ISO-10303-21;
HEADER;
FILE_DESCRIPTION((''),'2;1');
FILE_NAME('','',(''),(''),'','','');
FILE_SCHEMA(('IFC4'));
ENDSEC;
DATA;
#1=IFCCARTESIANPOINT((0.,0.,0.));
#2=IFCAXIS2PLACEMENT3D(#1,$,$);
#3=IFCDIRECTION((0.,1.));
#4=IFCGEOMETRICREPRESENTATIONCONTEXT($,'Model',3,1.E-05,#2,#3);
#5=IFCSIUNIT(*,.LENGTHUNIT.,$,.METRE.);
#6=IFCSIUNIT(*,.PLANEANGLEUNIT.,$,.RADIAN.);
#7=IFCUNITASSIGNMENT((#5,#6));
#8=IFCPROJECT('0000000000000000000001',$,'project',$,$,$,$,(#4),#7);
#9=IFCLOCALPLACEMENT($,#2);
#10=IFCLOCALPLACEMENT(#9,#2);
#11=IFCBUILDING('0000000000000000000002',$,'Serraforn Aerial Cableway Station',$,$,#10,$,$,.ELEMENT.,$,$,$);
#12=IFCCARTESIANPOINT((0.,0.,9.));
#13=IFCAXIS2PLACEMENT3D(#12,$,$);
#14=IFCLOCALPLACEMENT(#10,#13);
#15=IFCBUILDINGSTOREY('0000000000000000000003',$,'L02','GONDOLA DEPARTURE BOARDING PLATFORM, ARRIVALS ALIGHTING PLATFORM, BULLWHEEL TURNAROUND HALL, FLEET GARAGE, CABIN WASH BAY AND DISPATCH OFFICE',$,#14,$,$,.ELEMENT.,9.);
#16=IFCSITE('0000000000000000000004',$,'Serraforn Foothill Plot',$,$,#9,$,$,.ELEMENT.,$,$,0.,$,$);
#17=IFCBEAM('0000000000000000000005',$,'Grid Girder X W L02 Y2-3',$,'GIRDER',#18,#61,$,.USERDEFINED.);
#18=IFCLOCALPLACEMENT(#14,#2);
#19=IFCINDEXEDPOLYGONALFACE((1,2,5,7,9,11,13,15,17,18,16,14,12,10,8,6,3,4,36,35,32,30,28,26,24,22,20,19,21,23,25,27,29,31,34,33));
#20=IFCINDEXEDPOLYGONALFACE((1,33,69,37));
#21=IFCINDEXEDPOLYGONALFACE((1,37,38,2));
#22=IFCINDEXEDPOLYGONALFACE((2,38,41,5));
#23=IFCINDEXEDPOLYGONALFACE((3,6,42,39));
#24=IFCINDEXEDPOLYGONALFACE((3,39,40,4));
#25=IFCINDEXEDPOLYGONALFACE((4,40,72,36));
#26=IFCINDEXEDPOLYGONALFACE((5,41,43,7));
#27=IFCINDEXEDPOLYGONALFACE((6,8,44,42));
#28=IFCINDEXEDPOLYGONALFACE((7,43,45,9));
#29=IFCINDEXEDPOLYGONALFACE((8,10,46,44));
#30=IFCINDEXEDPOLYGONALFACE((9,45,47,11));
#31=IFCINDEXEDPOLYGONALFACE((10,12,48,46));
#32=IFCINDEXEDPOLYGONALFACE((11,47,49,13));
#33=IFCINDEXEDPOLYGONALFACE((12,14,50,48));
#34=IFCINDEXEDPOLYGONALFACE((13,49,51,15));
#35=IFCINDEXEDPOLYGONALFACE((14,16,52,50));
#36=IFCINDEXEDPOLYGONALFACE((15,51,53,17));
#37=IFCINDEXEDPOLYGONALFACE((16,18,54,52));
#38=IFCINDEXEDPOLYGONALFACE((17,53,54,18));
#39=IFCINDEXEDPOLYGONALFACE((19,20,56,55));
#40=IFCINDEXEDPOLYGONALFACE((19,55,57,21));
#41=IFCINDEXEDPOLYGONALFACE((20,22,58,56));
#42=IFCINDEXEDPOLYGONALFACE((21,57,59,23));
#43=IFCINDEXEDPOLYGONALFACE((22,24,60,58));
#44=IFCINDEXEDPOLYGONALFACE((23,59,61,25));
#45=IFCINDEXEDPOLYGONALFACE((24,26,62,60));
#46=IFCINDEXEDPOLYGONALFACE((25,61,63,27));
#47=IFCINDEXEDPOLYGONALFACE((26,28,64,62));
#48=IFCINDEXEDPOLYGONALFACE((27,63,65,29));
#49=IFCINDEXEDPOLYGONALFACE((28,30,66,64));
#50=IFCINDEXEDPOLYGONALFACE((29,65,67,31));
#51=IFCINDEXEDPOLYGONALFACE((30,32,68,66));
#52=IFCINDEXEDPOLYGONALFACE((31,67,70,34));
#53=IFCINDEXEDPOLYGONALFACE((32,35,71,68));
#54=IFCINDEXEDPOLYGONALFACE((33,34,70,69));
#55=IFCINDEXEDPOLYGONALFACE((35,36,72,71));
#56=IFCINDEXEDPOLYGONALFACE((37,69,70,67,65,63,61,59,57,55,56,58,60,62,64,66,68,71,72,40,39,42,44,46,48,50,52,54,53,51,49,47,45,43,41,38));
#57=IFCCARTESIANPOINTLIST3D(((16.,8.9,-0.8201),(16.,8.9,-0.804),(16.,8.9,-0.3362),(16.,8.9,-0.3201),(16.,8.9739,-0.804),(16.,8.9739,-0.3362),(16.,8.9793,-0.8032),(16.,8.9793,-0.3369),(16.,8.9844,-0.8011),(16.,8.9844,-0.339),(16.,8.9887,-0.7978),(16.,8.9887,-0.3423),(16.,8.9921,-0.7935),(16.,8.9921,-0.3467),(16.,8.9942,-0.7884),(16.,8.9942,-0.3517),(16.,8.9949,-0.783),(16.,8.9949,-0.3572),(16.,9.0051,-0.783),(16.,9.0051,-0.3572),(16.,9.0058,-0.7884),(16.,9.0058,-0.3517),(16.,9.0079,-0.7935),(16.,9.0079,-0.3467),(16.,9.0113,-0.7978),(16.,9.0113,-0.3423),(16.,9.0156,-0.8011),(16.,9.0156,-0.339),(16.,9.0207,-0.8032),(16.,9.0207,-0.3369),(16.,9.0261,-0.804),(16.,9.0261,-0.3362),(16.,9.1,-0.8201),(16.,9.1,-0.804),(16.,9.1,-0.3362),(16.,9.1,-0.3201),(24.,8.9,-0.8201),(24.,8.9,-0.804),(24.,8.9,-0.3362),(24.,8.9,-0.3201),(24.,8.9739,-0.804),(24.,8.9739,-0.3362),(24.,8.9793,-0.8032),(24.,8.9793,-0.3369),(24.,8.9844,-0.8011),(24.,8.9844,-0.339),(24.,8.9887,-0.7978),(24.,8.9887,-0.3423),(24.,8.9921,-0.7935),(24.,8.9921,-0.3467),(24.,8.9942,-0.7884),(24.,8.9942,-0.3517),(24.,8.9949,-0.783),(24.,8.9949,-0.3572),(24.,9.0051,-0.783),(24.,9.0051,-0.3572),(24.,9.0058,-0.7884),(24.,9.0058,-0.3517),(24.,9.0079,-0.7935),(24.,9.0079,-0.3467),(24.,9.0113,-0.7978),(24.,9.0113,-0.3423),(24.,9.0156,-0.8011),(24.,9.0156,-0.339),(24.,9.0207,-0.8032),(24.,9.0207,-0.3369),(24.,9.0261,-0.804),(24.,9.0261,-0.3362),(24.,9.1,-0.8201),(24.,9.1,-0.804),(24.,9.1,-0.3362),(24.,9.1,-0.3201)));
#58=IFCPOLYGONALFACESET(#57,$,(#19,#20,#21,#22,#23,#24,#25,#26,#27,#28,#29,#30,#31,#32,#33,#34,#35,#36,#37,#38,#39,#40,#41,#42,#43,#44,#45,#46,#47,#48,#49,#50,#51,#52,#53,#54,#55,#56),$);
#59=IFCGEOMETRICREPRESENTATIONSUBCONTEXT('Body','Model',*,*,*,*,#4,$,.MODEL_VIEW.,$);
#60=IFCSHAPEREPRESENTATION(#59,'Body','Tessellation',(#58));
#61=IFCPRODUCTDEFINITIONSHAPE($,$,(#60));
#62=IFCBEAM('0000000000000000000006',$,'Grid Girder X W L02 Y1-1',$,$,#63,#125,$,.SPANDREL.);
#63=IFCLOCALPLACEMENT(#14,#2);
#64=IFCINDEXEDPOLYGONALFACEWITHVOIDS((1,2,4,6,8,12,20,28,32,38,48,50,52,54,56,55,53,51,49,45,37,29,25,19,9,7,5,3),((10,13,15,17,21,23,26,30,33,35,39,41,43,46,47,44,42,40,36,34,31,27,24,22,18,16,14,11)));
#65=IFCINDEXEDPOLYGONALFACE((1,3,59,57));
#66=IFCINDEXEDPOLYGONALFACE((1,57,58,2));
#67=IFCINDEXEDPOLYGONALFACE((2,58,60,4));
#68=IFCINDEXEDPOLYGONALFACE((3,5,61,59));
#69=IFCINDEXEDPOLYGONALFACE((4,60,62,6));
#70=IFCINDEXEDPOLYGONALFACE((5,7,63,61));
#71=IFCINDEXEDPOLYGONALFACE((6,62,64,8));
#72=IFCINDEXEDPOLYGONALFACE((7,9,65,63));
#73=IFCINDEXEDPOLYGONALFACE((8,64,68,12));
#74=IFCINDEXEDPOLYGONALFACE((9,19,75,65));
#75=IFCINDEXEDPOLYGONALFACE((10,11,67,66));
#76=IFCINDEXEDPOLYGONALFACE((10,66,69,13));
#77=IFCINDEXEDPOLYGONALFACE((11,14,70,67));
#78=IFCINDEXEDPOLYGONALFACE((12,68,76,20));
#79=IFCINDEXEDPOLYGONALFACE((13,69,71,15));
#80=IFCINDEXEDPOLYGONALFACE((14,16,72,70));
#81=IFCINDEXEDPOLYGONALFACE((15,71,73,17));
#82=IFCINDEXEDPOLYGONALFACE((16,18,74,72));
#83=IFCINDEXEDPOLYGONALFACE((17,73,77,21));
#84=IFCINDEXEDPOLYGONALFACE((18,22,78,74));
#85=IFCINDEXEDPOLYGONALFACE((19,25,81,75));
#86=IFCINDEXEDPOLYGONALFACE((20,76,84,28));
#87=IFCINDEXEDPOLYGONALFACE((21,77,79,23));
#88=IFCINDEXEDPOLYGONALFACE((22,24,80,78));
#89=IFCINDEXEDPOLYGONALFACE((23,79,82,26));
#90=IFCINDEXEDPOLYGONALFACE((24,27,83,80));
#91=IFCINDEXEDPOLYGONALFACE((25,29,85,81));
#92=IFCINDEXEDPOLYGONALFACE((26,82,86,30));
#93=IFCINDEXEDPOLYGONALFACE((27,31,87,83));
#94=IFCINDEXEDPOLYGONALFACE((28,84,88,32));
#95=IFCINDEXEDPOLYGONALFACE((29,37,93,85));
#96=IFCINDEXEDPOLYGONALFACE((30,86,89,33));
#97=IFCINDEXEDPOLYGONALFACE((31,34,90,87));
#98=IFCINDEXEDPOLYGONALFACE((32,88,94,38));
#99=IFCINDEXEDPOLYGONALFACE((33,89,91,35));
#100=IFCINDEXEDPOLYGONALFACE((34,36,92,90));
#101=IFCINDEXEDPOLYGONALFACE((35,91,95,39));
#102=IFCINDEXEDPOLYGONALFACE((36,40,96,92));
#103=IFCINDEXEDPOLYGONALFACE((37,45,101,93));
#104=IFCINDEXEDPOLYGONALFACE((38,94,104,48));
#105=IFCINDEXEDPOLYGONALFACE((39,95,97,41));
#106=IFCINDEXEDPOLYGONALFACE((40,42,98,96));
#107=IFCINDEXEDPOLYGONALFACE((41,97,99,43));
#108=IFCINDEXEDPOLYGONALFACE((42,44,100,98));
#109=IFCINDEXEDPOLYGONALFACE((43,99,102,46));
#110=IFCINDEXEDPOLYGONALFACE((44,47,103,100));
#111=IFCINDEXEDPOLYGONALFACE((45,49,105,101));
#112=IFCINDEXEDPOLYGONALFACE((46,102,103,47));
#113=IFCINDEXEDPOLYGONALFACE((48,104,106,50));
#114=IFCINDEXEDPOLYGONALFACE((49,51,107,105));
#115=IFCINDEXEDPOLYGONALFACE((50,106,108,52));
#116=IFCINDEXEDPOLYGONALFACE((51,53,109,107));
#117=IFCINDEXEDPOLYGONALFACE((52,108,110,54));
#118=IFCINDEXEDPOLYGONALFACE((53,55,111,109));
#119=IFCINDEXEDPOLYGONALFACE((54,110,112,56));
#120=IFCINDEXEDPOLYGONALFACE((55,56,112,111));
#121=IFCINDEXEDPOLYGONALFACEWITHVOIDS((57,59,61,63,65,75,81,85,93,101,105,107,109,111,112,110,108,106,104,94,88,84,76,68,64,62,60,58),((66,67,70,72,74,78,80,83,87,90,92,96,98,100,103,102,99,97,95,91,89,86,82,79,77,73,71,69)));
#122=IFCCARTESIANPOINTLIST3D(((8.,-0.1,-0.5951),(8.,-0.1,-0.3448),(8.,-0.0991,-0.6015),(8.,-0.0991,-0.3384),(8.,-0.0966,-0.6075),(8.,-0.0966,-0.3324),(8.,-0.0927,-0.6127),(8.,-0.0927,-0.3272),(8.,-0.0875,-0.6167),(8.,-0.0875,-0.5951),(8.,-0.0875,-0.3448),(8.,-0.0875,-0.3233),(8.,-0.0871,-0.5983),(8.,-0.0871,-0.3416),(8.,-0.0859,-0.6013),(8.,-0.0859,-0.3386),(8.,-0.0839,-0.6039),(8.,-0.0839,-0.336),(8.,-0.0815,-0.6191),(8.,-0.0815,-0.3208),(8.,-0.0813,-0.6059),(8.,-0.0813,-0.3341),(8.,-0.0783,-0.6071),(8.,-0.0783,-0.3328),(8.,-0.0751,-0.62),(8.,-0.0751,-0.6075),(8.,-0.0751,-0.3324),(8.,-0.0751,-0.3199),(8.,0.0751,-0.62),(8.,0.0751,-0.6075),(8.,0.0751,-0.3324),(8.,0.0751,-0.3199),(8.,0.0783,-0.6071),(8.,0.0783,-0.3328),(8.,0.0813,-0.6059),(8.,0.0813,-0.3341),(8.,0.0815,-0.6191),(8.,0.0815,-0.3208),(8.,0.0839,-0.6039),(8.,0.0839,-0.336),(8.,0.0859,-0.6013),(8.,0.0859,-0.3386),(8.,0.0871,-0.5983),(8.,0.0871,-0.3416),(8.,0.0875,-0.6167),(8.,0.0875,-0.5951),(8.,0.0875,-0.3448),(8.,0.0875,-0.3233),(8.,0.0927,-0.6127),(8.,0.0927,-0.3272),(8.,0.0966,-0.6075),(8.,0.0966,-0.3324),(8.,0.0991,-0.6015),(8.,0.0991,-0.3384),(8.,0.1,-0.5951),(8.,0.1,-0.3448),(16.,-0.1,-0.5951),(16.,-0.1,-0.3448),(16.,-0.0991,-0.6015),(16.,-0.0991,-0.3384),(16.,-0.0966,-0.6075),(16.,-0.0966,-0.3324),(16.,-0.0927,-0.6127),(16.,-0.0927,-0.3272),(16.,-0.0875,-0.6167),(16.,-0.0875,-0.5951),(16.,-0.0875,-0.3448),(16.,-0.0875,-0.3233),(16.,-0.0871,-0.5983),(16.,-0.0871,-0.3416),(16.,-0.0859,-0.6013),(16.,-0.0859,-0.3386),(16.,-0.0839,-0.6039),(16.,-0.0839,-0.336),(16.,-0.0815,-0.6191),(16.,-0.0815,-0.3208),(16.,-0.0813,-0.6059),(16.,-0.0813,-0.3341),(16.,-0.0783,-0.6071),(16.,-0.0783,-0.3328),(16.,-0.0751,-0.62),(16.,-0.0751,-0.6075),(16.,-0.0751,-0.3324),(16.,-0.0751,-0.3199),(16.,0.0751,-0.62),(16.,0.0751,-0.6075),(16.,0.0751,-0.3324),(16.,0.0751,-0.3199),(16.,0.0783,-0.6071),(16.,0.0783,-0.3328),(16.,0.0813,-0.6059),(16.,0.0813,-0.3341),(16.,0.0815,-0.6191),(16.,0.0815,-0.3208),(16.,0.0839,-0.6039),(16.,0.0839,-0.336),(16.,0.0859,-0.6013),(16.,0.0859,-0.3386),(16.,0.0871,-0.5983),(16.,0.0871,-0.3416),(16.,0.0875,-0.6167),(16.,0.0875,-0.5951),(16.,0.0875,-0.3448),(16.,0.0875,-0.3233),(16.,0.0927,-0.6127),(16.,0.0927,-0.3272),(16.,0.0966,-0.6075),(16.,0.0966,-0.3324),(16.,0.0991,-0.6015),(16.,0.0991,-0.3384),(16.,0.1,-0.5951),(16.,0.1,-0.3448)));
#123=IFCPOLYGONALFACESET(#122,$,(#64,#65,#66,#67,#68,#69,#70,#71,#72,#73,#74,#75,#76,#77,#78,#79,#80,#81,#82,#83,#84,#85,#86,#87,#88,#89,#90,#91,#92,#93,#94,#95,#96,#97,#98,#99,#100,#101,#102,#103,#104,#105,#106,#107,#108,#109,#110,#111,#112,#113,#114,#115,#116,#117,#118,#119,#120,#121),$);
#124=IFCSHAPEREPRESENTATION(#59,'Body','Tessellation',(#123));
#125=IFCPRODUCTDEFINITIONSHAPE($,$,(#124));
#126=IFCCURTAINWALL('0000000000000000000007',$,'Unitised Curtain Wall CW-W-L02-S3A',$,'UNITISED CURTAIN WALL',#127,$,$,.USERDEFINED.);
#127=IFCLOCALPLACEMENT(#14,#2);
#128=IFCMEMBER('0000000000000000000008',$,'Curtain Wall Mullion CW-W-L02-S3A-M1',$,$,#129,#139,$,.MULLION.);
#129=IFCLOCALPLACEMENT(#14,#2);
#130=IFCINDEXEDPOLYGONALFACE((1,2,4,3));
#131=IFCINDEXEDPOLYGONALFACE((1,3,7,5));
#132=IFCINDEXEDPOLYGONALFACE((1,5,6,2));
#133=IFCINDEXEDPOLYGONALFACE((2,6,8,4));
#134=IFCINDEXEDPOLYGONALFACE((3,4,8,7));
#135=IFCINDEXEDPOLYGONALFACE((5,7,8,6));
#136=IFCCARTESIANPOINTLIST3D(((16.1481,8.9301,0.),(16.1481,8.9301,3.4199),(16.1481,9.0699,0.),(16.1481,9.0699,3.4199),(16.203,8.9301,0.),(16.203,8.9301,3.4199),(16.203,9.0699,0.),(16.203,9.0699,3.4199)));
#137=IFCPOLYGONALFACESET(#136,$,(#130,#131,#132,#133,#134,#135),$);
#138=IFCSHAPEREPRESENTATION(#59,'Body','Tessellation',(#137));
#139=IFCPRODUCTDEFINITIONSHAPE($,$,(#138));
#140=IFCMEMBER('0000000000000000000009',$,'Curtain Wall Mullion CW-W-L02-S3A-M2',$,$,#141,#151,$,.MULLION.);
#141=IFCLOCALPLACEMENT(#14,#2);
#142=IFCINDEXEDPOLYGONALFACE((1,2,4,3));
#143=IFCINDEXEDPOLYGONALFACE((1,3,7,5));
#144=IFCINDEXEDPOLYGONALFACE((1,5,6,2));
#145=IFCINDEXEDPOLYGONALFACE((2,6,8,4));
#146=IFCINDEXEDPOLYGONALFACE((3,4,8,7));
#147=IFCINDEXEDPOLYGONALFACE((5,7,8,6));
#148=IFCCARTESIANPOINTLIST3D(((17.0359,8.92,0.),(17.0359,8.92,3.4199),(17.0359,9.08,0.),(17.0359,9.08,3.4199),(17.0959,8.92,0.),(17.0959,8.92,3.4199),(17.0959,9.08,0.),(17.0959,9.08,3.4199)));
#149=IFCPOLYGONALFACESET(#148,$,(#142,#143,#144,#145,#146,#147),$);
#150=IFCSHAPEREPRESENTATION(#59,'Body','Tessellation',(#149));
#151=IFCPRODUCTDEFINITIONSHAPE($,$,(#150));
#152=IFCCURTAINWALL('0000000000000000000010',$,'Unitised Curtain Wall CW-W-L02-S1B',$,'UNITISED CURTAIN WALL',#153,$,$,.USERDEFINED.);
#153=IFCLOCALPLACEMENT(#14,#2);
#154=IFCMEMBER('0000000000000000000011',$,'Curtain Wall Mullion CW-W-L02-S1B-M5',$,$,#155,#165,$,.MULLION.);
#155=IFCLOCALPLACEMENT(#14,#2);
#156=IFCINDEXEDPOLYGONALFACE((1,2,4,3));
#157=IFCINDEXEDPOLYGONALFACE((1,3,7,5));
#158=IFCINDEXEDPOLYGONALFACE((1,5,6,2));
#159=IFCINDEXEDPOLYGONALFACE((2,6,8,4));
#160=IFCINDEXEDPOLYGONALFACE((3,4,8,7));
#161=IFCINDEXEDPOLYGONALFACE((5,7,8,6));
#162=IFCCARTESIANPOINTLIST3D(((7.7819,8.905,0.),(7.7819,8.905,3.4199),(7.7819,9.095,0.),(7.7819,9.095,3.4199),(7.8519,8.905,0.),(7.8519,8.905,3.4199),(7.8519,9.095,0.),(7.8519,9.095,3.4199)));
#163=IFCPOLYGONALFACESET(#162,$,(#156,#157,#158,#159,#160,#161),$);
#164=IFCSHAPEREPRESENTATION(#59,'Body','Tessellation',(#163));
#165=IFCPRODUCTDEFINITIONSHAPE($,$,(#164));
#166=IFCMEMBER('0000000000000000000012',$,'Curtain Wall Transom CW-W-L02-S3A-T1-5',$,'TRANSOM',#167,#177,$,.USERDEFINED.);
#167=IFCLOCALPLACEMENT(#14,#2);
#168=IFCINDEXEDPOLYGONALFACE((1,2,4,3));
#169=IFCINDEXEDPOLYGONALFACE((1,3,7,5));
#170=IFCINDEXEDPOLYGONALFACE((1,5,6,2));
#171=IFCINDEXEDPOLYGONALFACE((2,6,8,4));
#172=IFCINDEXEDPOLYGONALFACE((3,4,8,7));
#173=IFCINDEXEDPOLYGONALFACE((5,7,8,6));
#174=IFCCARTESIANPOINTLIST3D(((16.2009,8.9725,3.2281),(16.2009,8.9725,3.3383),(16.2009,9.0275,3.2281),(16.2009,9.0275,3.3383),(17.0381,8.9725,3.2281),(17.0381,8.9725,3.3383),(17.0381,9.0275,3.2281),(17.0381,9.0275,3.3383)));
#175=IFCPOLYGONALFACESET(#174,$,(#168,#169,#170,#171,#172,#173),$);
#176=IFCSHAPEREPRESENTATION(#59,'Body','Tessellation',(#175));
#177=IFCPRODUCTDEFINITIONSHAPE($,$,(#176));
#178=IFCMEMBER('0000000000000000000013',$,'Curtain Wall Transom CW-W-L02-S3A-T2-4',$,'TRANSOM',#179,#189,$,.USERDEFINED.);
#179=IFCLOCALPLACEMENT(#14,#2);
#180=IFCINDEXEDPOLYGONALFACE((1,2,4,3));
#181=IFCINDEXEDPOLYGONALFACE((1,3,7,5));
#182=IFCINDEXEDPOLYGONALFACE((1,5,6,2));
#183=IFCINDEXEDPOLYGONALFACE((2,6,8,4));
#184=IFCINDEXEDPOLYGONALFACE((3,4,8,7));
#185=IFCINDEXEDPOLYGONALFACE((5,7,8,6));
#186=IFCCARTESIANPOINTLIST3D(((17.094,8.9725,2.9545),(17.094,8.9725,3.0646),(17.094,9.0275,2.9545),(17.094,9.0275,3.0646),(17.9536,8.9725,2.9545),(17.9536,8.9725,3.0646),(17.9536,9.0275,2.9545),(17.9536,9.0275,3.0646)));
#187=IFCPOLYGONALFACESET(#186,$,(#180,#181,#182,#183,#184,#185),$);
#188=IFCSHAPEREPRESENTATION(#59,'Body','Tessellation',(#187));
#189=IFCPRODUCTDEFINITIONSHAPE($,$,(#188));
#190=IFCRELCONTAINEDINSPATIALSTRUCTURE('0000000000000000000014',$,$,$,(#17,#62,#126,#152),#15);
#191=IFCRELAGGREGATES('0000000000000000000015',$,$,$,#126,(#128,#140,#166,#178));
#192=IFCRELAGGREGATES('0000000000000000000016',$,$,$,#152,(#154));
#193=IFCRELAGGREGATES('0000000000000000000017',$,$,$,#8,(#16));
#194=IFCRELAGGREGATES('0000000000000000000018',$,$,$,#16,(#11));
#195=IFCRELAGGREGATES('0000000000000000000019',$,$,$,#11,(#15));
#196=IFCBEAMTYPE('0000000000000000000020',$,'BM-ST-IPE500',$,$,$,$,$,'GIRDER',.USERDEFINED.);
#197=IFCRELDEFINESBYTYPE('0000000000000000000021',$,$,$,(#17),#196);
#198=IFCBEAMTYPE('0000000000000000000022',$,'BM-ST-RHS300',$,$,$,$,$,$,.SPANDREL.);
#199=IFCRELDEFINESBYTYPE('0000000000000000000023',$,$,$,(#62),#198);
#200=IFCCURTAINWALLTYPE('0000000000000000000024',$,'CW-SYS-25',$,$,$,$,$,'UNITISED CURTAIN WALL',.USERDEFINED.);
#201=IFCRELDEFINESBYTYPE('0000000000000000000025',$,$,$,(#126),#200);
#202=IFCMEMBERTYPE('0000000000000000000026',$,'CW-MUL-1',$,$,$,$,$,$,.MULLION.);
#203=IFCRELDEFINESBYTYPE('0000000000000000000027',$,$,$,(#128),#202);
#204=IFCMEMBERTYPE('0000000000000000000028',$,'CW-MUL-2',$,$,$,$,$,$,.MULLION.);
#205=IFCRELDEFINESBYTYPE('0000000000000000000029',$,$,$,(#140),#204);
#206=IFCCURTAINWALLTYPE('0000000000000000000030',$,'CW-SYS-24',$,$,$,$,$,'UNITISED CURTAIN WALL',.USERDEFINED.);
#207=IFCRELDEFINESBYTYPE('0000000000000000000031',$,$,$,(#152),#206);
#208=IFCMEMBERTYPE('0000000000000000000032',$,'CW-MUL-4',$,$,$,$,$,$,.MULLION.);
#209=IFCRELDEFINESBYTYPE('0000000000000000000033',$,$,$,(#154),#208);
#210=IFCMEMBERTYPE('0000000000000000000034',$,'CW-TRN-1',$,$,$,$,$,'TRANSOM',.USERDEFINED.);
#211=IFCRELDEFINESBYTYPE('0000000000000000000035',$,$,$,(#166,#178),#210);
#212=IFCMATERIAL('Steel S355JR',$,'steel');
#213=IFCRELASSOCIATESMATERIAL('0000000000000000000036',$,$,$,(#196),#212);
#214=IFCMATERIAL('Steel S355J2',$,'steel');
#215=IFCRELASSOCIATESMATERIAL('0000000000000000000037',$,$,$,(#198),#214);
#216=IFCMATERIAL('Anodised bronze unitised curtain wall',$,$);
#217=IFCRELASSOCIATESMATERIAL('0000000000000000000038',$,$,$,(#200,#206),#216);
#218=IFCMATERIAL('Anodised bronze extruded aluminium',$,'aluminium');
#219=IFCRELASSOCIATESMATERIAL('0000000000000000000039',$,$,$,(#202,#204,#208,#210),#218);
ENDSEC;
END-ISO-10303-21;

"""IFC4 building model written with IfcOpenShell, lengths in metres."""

from ifc_helpers import new_model, si_unit, direction, frame, origin, origin_2d, place, context, subcontext, project, spatial, rectangle, hollow_rectangle, i_section, extrude, material, material_profile, profile_set, type_object, element, aggregate, save


model = new_model("IFC4")

# Units and contexts
model_context = context("Model", 3, precision=1e-05, world=origin(), true_north=direction((0.0, 1.0)))
body_context = subcontext(model_context, "Body", "Model", "MODEL_VIEW")
ifc_project = project(units=[si_unit("LENGTHUNIT", "METRE"), si_unit("PLANEANGLEUNIT", "RADIAN")], contexts=[model_context])

# Site, building, storey
site_placement = place(None, origin())
site = spatial("IfcSite", under=ifc_project, at=site_placement, Name="Serraforn Foothill Plot", CompositionType="ELEMENT", RefElevation=0.0)
building_placement = place(site_placement, origin())
building = spatial("IfcBuilding", under=site, at=building_placement, Name="Serraforn Aerial Cableway Station", CompositionType="ELEMENT")
storey_placement = place(building_placement, frame((0.0, 0.0, 9.0)))
storey = spatial("IfcBuildingStorey", under=building, at=storey_placement, Name="L02", Description="GONDOLA DEPARTURE BOARDING PLATFORM, ARRIVALS ALIGHTING PLATFORM, BULLWHEEL TURNAROUND HALL, FLEET GARAGE, CABIN WASH BAY AND DISPATCH OFFICE", CompositionType="ELEMENT", Elevation=9.0)

# Shared definitions
ifc_material_1 = material(Name="Steel S355J2", Category="steel")

# Beams
ifc_material_2 = material(Name="Steel S355JR", Category="steel")
ifc_material_profile_1 = material_profile(ifc_material_2, i_section(OverallWidth=0.2, OverallDepth=0.5, WebThickness=0.0103, FlangeThickness=0.0161, FilletRadius=0.021, at=origin_2d()), Name="IPE 500")
ifc_profile_set_1 = profile_set([ifc_material_profile_1], Name="Steel S355JR")
beam_type_1 = type_object("IfcBeamType", Name="BM-ST-IPE500", ElementType="GIRDER", PredefinedType="USERDEFINED", material=ifc_profile_set_1)
beam_1_placement = place(storey_placement, frame((16.0, 9.0, -0.5701), z_axis=(1.0, 0.0, 0.0), x_axis=(0.0, 1.0, 0.0)))
element("IfcBeam", 1, at=beam_1_placement, inside=storey, type_object=beam_type_1, Name="Grid Girder X W L02 Y2-3", ObjectType="GIRDER", PredefinedType="USERDEFINED", context=body_context, shape_type="SweptSolid", body=[
    extrude(i_section(OverallWidth=0.2, OverallDepth=0.5, WebThickness=0.0103, FlangeThickness=0.0161, FilletRadius=0.021, at=origin_2d()), origin(), (0.0, 0.0, 1.0), 8.0),
])
ifc_material_profile_2 = material_profile(ifc_material_1, hollow_rectangle(XDim=0.2, YDim=0.3, WallThickness=0.0125, InnerFilletRadius=0.0125, OuterFilletRadius=0.0249, at=origin_2d()), Name="RHS 300x200x12.5")
ifc_profile_set_2 = profile_set([ifc_material_profile_2], Name="Steel S355J2")
beam_type_2 = type_object("IfcBeamType", Name="BM-ST-RHS300", PredefinedType="SPANDREL", material=ifc_profile_set_2)
beam_2_placement = place(storey_placement, frame((8.0, 0.0, -0.47), z_axis=(1.0, 0.0, 0.0), x_axis=(0.0, 1.0, 0.0)))
element("IfcBeam", 2, at=beam_2_placement, inside=storey, type_object=beam_type_2, Name="Grid Girder X W L02 Y1-1", PredefinedType="SPANDREL", context=body_context, shape_type="SweptSolid", body=[
    extrude(hollow_rectangle(XDim=0.2, YDim=0.3, WallThickness=0.0125, InnerFilletRadius=0.0125, OuterFilletRadius=0.0249, at=origin_2d()), origin(), (0.0, 0.0, 1.0), 8.0),
])

# Curtain wall, members
ifc_material_3 = material(Name="Anodised bronze unitised curtain wall")
curtain_wall_type_1 = type_object("IfcCurtainWallType", Name="CW-SYS-25", ElementType="UNITISED CURTAIN WALL", PredefinedType="USERDEFINED", material=ifc_material_3)
curtain_wall_1_placement = place(storey_placement, origin())
curtain_wall_1 = element("IfcCurtainWall", 3, at=curtain_wall_1_placement, inside=storey, type_object=curtain_wall_type_1, Name="Unitised Curtain Wall CW-W-L02-S3A", ObjectType="UNITISED CURTAIN WALL", PredefinedType="USERDEFINED")
ifc_material_4 = material(Name="Anodised bronze extruded aluminium", Category="aluminium")
ifc_material_profile_3 = material_profile(ifc_material_4, rectangle(XDim=0.0549, YDim=0.1399, at=origin_2d()), Name="CW MULLION 55x140")
ifc_profile_set_3 = profile_set([ifc_material_profile_3], Name="Anodised bronze extruded aluminium")
member_type_1 = type_object("IfcMemberType", Name="CW-MUL-1", PredefinedType="MULLION", material=ifc_profile_set_3)
member_1_placement = place(storey_placement, frame((16.1755, 9.0, 0.0), z_axis=(0.0, 0.0, 1.0), x_axis=(1.0, 0.0, 0.0)))
member_1 = element("IfcMember", 4, at=member_1_placement, type_object=member_type_1, Name="Curtain Wall Mullion CW-W-L02-S3A-M1", PredefinedType="MULLION", context=body_context, shape_type="SweptSolid", body=[
    extrude(rectangle(XDim=0.0549, YDim=0.1399, at=origin_2d()), origin(), (0.0, 0.0, 1.0), 3.4199),
])
ifc_material_profile_4 = material_profile(ifc_material_4, rectangle(XDim=0.0601, YDim=0.1599, at=origin_2d()), Name="CW MULLION 60x160")
ifc_profile_set_4 = profile_set([ifc_material_profile_4], Name="Anodised bronze extruded aluminium")
member_type_2 = type_object("IfcMemberType", Name="CW-MUL-2", PredefinedType="MULLION", material=ifc_profile_set_4)
member_2_placement = place(storey_placement, frame((17.0659, 9.0, 0.0), z_axis=(0.0, 0.0, 1.0), x_axis=(1.0, 0.0, 0.0)))
member_2 = element("IfcMember", 5, at=member_2_placement, type_object=member_type_2, Name="Curtain Wall Mullion CW-W-L02-S3A-M2", PredefinedType="MULLION", context=body_context, shape_type="SweptSolid", body=[
    extrude(rectangle(XDim=0.0601, YDim=0.1599, at=origin_2d()), origin(), (0.0, 0.0, 1.0), 3.4199),
])

# Curtain wall, member
curtain_wall_type_2 = type_object("IfcCurtainWallType", Name="CW-SYS-24", ElementType="UNITISED CURTAIN WALL", PredefinedType="USERDEFINED", material=ifc_material_3)
curtain_wall_2_placement = place(storey_placement, origin())
curtain_wall_2 = element("IfcCurtainWall", 6, at=curtain_wall_2_placement, inside=storey, type_object=curtain_wall_type_2, Name="Unitised Curtain Wall CW-W-L02-S1B", ObjectType="UNITISED CURTAIN WALL", PredefinedType="USERDEFINED")
ifc_material_profile_5 = material_profile(ifc_material_4, rectangle(XDim=0.0701, YDim=0.1899, at=origin_2d()), Name="CW MULLION 70x190")
ifc_profile_set_5 = profile_set([ifc_material_profile_5], Name="Anodised bronze extruded aluminium")
member_type_3 = type_object("IfcMemberType", Name="CW-MUL-4", PredefinedType="MULLION", material=ifc_profile_set_5)
member_3_placement = place(storey_placement, frame((7.8169, 9.0, 0.0), z_axis=(0.0, 0.0, 1.0), x_axis=(1.0, 0.0, 0.0)))
member_3 = element("IfcMember", 7, at=member_3_placement, type_object=member_type_3, Name="Curtain Wall Mullion CW-W-L02-S1B-M5", PredefinedType="MULLION", context=body_context, shape_type="SweptSolid", body=[
    extrude(rectangle(XDim=0.0701, YDim=0.1899, at=origin_2d()), origin(), (0.0, 0.0, 1.0), 3.4199),
])

# Members
ifc_material_profile_6 = material_profile(ifc_material_4, rectangle(XDim=0.0549, YDim=0.1101, at=origin_2d()), Name="CW TRANSOM 55x110")
ifc_profile_set_6 = profile_set([ifc_material_profile_6], Name="Anodised bronze extruded aluminium")
member_type_4 = type_object("IfcMemberType", Name="CW-TRN-1", ElementType="TRANSOM", PredefinedType="USERDEFINED", material=ifc_profile_set_6)
member_4_placement = place(storey_placement, frame((16.2009, 9.0, 3.2832), z_axis=(1.0, 0.0, 0.0), x_axis=(0.0, 1.0, 0.0)))
member_4 = element("IfcMember", 8, at=member_4_placement, type_object=member_type_4, Name="Curtain Wall Transom CW-W-L02-S3A-T1-5", ObjectType="TRANSOM", PredefinedType="USERDEFINED", context=body_context, shape_type="SweptSolid", body=[
    extrude(rectangle(XDim=0.0549, YDim=0.1101, at=origin_2d()), origin(), (0.0, 0.0, 1.0), 0.8372),
])
member_5_placement = place(storey_placement, frame((17.094, 9.0, 3.0095), z_axis=(1.0, 0.0, 0.0), x_axis=(0.0, 1.0, 0.0)))
member_5 = element("IfcMember", 9, at=member_5_placement, type_object=member_type_4, Name="Curtain Wall Transom CW-W-L02-S3A-T2-4", ObjectType="TRANSOM", PredefinedType="USERDEFINED", context=body_context, shape_type="SweptSolid", body=[
    extrude(rectangle(XDim=0.0549, YDim=0.1101, at=origin_2d()), origin(), (0.0, 0.0, 1.0), 0.8596),
])

aggregate(curtain_wall_1, [member_1, member_2, member_4, member_5])
aggregate(curtain_wall_2, [member_3])

save(model, "model.ifc")
